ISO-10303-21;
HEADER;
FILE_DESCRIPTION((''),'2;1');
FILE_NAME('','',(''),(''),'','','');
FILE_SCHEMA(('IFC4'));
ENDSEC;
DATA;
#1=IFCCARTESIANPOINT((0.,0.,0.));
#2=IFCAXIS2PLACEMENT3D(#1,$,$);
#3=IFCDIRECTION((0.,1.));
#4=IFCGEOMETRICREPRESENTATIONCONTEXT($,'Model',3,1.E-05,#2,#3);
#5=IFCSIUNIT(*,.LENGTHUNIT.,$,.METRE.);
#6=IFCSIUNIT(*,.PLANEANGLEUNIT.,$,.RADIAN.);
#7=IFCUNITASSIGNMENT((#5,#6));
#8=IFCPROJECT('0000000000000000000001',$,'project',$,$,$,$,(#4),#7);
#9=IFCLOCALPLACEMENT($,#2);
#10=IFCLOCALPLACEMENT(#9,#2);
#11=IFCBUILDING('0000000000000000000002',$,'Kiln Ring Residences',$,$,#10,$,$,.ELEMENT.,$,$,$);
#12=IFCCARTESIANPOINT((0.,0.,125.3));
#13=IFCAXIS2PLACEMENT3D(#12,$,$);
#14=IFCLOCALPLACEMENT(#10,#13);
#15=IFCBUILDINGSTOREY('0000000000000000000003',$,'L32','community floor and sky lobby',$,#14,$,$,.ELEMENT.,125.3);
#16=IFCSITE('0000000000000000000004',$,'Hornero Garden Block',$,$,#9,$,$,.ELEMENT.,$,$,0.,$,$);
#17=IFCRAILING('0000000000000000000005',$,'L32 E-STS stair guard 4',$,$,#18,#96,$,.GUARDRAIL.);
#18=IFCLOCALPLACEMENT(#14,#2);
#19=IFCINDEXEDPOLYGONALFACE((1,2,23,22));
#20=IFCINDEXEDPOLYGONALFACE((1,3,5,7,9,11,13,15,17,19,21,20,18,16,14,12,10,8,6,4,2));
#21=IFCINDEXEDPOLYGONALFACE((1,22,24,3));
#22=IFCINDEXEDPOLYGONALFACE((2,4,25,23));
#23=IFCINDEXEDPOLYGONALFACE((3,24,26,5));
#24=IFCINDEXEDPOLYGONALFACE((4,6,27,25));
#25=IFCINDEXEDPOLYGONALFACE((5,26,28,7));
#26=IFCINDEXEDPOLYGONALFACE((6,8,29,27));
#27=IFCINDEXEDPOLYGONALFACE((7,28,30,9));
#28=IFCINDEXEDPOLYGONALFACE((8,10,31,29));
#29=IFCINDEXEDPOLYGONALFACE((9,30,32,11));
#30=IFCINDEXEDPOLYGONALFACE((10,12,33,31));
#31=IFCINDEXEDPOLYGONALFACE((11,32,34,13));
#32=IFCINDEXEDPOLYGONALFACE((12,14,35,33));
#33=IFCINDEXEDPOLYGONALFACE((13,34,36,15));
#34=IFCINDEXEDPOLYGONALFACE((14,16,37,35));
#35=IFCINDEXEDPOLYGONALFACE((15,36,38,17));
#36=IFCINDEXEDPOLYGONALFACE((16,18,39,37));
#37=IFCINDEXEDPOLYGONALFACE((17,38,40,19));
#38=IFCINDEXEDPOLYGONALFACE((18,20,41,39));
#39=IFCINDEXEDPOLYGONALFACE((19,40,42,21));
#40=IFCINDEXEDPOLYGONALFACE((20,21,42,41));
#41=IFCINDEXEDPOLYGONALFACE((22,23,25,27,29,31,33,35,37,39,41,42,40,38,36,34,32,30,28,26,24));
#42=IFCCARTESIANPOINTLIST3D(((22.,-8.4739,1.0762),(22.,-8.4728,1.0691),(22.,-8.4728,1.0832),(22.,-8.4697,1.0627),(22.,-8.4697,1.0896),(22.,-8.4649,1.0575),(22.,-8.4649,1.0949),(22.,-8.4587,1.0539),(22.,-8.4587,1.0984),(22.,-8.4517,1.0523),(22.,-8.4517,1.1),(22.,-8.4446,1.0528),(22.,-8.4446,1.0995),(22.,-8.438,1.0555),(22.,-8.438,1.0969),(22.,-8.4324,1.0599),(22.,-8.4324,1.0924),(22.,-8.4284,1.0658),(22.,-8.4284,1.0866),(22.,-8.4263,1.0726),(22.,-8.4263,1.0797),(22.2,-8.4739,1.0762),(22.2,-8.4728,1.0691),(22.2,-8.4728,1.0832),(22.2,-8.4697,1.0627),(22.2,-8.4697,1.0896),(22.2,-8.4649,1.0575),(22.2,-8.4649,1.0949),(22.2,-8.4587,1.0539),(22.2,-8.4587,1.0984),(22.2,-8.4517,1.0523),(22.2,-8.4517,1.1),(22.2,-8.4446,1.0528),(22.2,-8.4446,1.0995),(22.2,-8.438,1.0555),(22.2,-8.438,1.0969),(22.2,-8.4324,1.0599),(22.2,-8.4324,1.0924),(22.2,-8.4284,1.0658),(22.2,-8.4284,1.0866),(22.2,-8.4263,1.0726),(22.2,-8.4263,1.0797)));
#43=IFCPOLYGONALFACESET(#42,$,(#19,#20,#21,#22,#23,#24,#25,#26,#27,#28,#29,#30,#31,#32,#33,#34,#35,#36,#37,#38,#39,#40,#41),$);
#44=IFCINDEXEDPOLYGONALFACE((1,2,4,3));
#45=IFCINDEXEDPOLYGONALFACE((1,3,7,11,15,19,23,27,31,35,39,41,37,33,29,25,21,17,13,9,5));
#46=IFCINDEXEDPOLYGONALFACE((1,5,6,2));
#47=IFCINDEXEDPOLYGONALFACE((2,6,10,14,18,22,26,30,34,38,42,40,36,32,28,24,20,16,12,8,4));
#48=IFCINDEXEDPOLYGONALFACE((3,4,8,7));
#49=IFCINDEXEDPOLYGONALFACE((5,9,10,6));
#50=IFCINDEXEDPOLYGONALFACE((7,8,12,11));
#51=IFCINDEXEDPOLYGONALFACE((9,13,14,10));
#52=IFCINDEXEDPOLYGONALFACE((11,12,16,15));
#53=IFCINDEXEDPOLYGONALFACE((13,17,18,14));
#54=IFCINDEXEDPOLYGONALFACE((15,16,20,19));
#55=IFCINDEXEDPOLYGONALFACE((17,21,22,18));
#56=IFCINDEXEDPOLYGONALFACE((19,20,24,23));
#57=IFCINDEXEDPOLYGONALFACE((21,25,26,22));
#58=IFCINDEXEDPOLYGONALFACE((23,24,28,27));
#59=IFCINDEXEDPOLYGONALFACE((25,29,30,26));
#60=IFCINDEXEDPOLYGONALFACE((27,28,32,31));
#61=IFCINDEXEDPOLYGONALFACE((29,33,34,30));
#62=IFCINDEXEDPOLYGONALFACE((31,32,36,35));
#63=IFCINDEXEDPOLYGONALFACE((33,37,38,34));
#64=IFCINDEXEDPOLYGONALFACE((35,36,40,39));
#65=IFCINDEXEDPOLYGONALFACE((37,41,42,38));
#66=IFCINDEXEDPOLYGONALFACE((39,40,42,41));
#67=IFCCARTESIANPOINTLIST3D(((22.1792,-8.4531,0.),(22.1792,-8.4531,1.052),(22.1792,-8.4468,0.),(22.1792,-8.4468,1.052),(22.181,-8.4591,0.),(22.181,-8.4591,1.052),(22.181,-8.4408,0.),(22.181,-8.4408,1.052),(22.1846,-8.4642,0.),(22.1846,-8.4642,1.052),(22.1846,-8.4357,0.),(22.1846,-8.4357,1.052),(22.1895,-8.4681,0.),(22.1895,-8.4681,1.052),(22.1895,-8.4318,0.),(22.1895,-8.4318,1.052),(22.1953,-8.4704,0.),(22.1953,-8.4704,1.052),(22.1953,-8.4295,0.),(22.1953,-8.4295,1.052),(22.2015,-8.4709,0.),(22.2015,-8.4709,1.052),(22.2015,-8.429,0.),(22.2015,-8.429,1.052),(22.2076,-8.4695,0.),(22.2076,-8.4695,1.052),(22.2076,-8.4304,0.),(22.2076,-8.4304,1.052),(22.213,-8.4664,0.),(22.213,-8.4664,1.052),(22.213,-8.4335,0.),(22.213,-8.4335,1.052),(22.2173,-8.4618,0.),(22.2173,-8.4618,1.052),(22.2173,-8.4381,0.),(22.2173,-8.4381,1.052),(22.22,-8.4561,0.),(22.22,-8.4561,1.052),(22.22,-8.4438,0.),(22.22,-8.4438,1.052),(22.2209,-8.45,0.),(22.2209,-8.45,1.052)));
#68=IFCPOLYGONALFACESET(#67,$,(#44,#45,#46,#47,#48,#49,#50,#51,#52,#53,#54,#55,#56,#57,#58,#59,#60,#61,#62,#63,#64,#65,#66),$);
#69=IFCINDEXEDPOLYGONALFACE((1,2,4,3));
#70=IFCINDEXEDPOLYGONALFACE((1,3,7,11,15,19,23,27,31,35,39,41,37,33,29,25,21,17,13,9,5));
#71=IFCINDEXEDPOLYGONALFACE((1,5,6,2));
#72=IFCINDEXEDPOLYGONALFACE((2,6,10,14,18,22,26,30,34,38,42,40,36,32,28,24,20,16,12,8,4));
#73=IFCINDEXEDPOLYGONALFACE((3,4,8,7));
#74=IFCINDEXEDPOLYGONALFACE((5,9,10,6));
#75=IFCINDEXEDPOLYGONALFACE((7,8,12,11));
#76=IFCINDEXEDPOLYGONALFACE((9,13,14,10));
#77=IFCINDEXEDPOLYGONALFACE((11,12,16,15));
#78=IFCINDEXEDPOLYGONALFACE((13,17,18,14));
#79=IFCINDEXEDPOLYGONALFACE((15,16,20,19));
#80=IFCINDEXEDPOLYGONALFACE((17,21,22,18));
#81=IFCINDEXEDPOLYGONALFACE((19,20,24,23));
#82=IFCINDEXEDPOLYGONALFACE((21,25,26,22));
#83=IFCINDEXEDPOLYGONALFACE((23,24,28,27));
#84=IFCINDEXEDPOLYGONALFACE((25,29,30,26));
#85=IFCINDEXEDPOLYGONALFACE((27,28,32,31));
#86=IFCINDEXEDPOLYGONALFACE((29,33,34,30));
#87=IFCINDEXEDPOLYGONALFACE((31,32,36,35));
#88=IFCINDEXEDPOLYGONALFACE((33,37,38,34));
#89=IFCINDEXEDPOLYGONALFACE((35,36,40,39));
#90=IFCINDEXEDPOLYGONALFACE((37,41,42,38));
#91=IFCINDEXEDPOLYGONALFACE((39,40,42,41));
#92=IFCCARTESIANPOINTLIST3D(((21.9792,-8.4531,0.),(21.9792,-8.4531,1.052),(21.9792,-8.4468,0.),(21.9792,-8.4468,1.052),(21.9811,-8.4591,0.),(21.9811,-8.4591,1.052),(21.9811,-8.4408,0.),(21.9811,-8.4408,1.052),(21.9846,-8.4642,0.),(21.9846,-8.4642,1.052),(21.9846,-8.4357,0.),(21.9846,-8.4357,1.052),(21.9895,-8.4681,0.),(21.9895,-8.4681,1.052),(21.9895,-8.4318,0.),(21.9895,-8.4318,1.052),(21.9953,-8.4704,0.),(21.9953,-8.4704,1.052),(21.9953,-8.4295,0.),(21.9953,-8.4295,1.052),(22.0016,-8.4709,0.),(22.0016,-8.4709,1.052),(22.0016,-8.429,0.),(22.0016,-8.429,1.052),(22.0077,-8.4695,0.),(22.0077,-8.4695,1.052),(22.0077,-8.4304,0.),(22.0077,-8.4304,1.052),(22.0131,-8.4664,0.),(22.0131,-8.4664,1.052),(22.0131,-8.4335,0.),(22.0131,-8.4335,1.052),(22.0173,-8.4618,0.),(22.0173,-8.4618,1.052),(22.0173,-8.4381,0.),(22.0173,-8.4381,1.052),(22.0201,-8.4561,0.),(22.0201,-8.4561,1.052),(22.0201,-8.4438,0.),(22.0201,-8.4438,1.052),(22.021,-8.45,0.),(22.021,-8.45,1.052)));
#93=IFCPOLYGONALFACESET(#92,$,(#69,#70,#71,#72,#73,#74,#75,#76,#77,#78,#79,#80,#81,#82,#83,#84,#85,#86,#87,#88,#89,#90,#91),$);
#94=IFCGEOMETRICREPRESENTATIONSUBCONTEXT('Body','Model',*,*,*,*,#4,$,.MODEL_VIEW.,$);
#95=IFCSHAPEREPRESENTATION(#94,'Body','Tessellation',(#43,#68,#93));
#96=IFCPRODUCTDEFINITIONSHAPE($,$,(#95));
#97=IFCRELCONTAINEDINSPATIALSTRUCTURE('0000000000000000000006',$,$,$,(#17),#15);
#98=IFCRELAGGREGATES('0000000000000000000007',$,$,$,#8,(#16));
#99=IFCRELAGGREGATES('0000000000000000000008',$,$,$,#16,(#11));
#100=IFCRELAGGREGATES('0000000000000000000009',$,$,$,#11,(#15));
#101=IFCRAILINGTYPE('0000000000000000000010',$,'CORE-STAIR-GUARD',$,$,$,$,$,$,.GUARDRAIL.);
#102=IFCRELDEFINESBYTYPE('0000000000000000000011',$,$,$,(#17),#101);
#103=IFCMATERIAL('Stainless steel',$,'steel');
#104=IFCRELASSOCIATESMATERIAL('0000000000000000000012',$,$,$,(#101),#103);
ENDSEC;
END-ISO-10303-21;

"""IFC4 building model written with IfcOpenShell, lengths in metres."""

from ifc_helpers import new_model, si_unit, direction, frame, origin, origin_2d, place, context, subcontext, project, spatial, circle, extrude, material, type_object, element, save


model = new_model("IFC4")

# Units and contexts
model_context = context("Model", 3, precision=1e-05, world=origin(), true_north=direction((0.0, 1.0)))
body_context = subcontext(model_context, "Body", "Model", "MODEL_VIEW")
ifc_project = project(units=[si_unit("LENGTHUNIT", "METRE"), si_unit("PLANEANGLEUNIT", "RADIAN")], contexts=[model_context])

# Site, building, storey
site_placement = place(None, origin())
site = spatial("IfcSite", under=ifc_project, at=site_placement, Name="Hornero Garden Block", CompositionType="ELEMENT", RefElevation=0.0)
building_placement = place(site_placement, origin())
building = spatial("IfcBuilding", under=site, at=building_placement, Name="Kiln Ring Residences", CompositionType="ELEMENT")
storey_placement = place(building_placement, frame((0.0, 0.0, 125.3)))
storey = spatial("IfcBuildingStorey", under=building, at=storey_placement, Name="L32", Description="community floor and sky lobby", CompositionType="ELEMENT", Elevation=125.3)

# Railing
ifc_material_1 = material(Name="Stainless steel", Category="steel")
railing_type_1 = type_object("IfcRailingType", Name="CORE-STAIR-GUARD", PredefinedType="GUARDRAIL", material=ifc_material_1)
railing_1_placement = place(storey_placement, frame((22.2, -8.45, 0.0)))
element("IfcRailing", 1, at=railing_1_placement, inside=storey, type_object=railing_type_1, Name="L32 E-STS stair guard 4", PredefinedType="GUARDRAIL", context=body_context, shape_type="SweptSolid", body=[
    extrude(circle(Radius=0.0239, at=origin_2d()), frame((0.0, 0.0, 1.0762), z_axis=(-1.0, 0.0, 0.0), x_axis=(0.0, -1.0, 0.0)), (0.0, 0.0, 1.0), 0.2),
    extrude(circle(Radius=0.021, at=origin_2d()), origin(), (0.0, 0.0, 1.0), 1.052),
    extrude(circle(Radius=0.021, at=origin_2d()), frame((-0.2, 0.0, 0.0)), (0.0, 0.0, 1.0), 1.052),
])

save(model, "model.ifc")
